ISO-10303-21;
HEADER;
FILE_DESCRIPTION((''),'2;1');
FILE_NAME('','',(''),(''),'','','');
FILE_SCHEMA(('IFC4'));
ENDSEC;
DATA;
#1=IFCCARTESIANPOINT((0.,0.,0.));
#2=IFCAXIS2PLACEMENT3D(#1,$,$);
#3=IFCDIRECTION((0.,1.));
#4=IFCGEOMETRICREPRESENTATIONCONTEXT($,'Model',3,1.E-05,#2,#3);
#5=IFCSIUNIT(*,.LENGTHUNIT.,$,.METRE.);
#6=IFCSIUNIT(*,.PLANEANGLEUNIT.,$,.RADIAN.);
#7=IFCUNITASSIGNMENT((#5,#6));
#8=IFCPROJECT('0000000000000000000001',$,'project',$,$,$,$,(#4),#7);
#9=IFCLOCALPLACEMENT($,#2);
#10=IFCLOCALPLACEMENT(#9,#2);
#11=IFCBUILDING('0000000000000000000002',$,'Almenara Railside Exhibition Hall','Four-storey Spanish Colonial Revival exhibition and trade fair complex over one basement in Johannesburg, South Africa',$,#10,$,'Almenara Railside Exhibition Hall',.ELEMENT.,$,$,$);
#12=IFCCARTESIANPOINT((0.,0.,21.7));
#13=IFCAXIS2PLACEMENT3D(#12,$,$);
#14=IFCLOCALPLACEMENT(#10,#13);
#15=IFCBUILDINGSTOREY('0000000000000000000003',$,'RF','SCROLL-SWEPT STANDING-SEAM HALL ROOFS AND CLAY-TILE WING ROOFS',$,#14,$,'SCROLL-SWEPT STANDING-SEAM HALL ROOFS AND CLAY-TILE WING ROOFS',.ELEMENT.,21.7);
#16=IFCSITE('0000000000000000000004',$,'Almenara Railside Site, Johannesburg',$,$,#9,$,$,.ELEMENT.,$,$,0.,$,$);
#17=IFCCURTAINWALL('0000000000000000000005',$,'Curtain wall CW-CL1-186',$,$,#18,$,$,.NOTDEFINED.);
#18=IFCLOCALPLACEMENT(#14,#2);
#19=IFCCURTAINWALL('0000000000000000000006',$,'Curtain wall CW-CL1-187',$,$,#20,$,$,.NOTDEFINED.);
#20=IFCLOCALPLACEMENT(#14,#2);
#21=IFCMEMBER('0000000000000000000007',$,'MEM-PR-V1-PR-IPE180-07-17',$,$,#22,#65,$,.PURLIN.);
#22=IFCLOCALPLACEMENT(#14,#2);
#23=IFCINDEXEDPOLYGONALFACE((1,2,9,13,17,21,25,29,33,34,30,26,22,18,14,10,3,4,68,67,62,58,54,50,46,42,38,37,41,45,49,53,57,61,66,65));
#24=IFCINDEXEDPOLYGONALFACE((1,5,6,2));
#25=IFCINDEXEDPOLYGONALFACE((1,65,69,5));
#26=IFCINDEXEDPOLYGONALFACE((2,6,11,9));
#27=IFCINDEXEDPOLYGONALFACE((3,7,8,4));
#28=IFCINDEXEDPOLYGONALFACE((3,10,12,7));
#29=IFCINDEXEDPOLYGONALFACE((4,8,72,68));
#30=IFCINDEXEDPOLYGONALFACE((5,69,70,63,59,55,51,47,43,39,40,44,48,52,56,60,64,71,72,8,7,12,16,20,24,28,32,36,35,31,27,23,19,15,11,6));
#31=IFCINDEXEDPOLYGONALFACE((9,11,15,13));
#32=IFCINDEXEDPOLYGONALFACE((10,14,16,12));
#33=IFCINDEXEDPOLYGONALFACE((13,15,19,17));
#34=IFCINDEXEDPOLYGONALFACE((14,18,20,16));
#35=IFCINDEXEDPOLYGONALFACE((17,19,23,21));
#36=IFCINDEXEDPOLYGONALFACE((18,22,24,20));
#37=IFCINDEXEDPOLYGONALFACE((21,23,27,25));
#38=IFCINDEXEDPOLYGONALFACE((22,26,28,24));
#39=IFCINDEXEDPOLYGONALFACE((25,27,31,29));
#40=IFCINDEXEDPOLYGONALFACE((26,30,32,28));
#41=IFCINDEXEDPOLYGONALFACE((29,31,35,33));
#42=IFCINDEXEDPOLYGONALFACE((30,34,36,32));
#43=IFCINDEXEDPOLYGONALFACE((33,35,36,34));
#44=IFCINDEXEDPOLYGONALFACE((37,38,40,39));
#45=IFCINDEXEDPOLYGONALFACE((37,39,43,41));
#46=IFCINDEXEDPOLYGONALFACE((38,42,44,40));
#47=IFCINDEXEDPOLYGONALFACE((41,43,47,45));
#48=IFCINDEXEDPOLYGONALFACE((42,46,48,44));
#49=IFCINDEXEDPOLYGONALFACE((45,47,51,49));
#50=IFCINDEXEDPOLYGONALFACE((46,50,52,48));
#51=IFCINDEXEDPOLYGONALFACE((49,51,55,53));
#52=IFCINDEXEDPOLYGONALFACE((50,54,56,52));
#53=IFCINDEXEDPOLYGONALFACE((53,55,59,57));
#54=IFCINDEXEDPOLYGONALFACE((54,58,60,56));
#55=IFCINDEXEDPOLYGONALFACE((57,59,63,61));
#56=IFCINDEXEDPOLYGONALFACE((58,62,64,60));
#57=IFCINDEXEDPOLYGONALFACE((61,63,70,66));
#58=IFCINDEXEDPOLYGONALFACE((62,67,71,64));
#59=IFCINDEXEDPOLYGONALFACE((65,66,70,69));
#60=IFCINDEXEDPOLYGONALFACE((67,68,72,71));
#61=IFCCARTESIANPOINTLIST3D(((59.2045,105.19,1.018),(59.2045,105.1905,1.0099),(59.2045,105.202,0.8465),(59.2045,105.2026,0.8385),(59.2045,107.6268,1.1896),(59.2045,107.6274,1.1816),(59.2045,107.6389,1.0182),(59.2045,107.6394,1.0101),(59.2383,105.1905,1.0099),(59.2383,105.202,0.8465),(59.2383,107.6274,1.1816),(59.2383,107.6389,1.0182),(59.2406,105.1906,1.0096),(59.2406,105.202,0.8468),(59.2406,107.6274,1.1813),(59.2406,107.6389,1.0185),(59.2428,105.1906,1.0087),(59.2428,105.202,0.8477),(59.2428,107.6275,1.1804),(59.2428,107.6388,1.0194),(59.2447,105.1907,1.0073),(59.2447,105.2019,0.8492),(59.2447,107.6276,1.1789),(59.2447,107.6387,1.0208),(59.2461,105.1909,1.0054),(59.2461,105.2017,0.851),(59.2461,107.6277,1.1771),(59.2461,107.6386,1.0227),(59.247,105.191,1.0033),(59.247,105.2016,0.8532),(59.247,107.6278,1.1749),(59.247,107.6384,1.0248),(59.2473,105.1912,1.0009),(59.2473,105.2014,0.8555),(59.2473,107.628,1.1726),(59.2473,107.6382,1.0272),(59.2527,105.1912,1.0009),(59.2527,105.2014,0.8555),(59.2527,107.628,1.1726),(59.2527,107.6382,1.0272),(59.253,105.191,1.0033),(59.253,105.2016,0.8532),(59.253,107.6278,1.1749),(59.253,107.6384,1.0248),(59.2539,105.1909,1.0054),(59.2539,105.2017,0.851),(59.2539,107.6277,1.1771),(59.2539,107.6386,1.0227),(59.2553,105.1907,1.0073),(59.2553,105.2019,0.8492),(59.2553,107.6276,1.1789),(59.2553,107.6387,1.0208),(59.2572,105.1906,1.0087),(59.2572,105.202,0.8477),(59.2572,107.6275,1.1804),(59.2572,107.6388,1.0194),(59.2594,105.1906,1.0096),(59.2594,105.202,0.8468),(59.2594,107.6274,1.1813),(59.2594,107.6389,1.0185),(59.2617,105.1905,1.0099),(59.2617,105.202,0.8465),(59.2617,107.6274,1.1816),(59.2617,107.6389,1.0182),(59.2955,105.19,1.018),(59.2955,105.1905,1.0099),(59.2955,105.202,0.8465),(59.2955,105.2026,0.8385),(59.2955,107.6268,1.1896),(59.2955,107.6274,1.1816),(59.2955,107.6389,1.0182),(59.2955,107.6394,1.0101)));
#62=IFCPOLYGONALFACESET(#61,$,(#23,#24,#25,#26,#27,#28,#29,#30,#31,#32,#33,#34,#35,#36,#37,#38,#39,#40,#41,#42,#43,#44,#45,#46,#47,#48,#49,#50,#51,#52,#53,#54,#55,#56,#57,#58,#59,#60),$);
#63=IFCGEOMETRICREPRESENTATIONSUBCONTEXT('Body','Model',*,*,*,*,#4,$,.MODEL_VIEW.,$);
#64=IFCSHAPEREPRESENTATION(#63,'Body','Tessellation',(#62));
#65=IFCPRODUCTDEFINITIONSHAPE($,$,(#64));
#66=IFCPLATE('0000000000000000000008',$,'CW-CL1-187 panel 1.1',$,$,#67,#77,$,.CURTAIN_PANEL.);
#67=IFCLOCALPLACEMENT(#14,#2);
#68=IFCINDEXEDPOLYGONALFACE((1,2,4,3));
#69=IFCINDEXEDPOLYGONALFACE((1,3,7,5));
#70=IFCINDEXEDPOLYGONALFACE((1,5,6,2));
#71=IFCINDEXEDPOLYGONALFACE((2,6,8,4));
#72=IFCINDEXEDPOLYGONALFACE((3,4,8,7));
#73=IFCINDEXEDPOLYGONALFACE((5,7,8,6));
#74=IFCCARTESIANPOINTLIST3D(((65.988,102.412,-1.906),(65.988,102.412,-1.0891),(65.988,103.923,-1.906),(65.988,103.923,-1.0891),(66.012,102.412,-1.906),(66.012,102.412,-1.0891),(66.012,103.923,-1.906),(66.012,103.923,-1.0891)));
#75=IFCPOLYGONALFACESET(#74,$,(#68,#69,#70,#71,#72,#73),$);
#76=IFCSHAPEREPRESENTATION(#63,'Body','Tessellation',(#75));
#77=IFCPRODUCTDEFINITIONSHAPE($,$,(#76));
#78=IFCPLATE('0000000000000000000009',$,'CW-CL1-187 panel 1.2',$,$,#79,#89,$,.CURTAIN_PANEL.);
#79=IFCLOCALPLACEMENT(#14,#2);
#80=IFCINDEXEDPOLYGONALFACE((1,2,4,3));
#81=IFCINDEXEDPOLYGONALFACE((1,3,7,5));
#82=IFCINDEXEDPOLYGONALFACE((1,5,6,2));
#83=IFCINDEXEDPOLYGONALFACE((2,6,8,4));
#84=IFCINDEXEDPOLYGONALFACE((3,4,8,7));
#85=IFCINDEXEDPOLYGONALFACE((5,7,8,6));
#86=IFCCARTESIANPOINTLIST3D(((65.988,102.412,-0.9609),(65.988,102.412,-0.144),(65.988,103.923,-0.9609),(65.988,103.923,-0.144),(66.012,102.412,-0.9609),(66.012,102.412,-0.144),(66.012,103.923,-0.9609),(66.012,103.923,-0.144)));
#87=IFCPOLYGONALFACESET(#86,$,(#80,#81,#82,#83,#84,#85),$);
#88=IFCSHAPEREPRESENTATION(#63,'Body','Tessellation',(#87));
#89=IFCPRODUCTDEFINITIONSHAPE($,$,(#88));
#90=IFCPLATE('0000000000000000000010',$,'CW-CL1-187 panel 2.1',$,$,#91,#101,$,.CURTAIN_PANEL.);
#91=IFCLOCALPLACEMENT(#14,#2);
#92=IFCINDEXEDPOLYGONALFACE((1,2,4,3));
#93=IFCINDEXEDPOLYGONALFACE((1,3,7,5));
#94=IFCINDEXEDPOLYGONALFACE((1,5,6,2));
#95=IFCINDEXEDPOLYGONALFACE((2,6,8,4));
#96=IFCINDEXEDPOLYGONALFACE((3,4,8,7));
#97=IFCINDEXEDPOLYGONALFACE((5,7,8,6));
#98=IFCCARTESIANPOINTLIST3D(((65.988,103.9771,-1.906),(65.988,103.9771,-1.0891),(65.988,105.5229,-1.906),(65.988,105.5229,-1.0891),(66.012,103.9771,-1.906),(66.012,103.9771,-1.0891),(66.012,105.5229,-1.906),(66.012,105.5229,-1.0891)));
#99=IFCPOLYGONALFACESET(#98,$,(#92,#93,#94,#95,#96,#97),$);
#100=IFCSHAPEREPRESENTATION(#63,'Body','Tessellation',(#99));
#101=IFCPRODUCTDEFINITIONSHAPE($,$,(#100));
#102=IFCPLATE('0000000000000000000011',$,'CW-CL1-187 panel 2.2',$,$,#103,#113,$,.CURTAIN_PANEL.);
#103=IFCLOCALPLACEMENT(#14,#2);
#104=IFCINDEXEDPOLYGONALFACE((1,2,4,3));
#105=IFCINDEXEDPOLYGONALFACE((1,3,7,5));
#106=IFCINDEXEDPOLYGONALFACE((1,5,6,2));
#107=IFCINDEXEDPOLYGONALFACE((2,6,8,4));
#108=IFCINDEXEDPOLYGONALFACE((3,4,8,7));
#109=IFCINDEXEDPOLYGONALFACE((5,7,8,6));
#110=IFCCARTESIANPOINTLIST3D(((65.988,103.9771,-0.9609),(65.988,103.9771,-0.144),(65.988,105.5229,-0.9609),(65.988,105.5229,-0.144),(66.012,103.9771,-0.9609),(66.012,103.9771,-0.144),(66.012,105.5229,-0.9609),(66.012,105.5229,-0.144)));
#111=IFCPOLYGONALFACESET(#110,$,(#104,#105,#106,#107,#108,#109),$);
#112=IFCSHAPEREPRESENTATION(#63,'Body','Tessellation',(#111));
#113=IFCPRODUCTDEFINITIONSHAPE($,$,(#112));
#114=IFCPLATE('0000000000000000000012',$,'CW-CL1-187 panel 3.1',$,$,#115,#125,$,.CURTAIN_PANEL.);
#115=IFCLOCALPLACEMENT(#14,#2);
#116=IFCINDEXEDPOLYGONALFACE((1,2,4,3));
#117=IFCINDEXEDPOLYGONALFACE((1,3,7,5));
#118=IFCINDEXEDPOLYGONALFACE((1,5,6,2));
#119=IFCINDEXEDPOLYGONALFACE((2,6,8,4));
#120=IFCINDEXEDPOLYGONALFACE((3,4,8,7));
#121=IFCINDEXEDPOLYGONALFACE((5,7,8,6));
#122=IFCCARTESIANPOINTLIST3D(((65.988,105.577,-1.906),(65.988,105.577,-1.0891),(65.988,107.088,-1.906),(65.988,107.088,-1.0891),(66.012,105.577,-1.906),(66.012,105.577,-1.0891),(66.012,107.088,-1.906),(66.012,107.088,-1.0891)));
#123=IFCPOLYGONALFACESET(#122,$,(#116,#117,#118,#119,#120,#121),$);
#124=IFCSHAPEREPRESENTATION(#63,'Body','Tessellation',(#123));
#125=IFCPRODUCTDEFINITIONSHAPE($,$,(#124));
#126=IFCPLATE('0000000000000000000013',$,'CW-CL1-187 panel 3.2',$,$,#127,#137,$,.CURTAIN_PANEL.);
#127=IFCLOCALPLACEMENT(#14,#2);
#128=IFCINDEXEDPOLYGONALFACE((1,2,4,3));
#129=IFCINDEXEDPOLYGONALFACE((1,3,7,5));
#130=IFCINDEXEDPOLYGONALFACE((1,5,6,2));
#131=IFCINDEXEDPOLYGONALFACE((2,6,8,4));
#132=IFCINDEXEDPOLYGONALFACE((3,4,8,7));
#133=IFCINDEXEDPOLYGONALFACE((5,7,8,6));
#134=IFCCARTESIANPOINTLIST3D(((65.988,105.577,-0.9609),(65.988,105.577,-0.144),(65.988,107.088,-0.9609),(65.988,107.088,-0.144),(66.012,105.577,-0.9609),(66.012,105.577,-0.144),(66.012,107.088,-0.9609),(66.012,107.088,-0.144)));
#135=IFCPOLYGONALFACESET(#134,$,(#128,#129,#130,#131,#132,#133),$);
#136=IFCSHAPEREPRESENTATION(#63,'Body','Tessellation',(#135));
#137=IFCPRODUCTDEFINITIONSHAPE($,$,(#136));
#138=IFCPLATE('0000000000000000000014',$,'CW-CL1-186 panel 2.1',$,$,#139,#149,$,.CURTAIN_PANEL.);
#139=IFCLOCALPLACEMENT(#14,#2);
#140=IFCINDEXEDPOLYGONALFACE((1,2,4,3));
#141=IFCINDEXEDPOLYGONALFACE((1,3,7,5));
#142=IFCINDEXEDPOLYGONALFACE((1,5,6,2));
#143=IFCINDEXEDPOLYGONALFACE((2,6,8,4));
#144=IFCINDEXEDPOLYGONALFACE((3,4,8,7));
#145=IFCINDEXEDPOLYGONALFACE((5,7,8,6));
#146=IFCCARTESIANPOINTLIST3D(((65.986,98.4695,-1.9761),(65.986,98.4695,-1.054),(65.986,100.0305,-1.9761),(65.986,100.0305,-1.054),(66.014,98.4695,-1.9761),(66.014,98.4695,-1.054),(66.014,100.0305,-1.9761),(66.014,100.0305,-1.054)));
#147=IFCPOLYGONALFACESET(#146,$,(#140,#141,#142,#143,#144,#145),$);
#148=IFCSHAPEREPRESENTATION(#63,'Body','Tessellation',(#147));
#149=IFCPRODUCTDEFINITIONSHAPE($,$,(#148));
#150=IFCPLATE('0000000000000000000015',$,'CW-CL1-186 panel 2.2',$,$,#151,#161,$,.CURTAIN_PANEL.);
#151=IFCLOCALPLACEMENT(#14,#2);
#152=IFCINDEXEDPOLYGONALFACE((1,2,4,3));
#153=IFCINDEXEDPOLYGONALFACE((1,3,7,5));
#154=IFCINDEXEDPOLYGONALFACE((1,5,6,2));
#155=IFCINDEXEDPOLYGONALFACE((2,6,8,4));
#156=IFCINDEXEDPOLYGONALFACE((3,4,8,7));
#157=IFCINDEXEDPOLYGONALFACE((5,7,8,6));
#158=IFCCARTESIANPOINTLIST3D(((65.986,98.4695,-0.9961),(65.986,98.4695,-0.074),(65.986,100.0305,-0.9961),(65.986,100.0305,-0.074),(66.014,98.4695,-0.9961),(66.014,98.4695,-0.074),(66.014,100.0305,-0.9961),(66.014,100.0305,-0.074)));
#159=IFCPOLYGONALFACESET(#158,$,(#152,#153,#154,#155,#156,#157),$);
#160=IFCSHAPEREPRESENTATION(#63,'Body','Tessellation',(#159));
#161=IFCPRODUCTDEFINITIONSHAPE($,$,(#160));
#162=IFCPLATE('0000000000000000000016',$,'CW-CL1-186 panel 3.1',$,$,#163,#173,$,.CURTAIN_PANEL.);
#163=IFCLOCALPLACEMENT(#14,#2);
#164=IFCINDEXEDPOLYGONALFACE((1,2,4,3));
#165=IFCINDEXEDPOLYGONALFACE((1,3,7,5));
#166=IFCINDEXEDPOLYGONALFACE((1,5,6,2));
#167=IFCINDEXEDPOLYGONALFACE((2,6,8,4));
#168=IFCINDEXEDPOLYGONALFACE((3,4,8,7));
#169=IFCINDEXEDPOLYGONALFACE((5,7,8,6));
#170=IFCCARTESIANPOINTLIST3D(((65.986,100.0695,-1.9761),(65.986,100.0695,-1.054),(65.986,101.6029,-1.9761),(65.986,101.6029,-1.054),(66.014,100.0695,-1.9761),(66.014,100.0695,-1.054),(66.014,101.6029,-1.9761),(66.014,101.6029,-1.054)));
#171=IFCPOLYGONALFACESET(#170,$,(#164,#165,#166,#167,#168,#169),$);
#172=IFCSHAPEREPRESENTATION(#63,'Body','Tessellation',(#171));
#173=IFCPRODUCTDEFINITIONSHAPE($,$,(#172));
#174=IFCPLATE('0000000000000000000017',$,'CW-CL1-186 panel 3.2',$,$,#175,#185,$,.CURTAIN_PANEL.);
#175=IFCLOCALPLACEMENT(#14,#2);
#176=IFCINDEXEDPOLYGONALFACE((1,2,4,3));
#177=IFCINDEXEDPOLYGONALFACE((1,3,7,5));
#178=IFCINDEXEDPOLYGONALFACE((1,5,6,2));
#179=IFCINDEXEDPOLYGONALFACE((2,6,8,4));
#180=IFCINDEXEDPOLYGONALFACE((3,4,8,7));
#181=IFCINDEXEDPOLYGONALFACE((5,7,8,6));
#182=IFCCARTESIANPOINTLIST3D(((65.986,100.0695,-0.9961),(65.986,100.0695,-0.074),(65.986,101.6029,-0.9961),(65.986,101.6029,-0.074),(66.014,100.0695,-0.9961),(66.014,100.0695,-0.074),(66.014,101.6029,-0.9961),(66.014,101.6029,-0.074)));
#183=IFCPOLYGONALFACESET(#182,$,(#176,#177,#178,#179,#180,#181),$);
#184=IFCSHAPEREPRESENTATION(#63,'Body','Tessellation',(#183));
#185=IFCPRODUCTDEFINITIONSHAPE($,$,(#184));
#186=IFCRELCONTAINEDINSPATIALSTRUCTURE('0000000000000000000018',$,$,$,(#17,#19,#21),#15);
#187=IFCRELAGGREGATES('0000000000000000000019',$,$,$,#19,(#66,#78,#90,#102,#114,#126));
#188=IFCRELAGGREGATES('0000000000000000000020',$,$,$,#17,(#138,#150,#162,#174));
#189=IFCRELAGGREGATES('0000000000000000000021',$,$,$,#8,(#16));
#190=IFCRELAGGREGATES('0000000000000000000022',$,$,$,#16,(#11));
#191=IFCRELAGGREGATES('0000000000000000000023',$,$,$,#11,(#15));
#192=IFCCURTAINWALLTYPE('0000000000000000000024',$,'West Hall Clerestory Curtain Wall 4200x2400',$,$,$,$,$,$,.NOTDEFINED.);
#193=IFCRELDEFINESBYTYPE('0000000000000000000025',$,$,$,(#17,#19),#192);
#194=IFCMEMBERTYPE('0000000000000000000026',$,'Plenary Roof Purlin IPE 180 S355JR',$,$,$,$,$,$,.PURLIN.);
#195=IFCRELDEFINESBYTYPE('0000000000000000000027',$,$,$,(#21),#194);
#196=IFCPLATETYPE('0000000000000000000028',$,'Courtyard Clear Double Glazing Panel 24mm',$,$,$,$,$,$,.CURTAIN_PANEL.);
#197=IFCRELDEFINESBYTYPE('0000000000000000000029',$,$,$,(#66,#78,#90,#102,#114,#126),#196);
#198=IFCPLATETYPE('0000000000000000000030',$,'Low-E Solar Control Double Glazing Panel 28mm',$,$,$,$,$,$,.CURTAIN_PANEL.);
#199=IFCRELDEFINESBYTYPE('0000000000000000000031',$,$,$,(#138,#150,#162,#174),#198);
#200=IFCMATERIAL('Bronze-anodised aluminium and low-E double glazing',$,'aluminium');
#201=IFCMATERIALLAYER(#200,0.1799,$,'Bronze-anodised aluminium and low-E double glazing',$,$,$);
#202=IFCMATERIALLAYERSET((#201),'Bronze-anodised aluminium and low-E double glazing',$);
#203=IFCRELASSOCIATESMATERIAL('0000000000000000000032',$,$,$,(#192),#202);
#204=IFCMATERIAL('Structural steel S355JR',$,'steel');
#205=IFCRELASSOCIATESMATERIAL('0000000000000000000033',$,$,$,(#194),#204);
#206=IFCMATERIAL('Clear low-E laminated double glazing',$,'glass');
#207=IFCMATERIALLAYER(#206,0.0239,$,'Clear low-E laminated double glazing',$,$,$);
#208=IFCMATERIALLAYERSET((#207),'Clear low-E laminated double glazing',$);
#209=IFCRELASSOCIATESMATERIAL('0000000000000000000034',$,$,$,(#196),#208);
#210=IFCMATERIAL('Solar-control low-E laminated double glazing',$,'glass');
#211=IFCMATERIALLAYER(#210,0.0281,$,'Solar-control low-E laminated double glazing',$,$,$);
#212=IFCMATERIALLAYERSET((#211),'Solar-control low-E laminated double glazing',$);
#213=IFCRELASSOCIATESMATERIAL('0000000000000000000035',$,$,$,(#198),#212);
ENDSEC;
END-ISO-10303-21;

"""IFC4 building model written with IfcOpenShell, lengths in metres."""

from ifc_helpers import new_model, si_unit, direction, frame, origin, origin_2d, place, context, subcontext, project, spatial, rectangle, i_section, extrude, material, layer, layer_set, material_profile, profile_set, type_object, element, aggregate, save


model = new_model("IFC4")

# Units and contexts
model_context = context("Model", 3, precision=1e-05, world=origin(), true_north=direction((0.0, 1.0)))
body_context = subcontext(model_context, "Body", "Model", "MODEL_VIEW")
ifc_project = project(units=[si_unit("LENGTHUNIT", "METRE"), si_unit("PLANEANGLEUNIT", "RADIAN")], contexts=[model_context])

# Site, building, storey
site_placement = place(None, origin())
site = spatial("IfcSite", under=ifc_project, at=site_placement, Name="Almenara Railside Site, Johannesburg", CompositionType="ELEMENT", RefElevation=0.0)
building_placement = place(site_placement, origin())
building = spatial("IfcBuilding", under=site, at=building_placement, Name="Almenara Railside Exhibition Hall", Description="Four-storey Spanish Colonial Revival exhibition and trade fair complex over one basement in Johannesburg, South Africa", LongName="Almenara Railside Exhibition Hall", CompositionType="ELEMENT")
storey_placement = place(building_placement, frame((0.0, 0.0, 21.7)))
storey = spatial("IfcBuildingStorey", under=building, at=storey_placement, Name="RF", Description="SCROLL-SWEPT STANDING-SEAM HALL ROOFS AND CLAY-TILE WING ROOFS", LongName="SCROLL-SWEPT STANDING-SEAM HALL ROOFS AND CLAY-TILE WING ROOFS", CompositionType="ELEMENT", Elevation=21.7)

# Shared definitions
ifc_material_1 = material(Name="Structural steel S355JR", Category="steel")

# Curtain walls
ifc_material_2 = material(Name="Bronze-anodised aluminium and low-E double glazing", Category="aluminium")
ifc_layer_1 = layer(ifc_material_2, 0.1799, Name="Bronze-anodised aluminium and low-E double glazing")
ifc_layer_set_1 = layer_set([ifc_layer_1], Name="Bronze-anodised aluminium and low-E double glazing")
curtain_wall_type = type_object("IfcCurtainWallType", Name="West Hall Clerestory Curtain Wall 4200x2400", PredefinedType="NOTDEFINED", material=ifc_layer_set_1)
curtain_wall_1_placement = place(storey_placement, origin())
curtain_wall_1 = element("IfcCurtainWall", 1, at=curtain_wall_1_placement, inside=storey, type_object=curtain_wall_type, Name="Curtain wall CW-CL1-186", PredefinedType="NOTDEFINED")
curtain_wall_2_placement = place(storey_placement, origin())
curtain_wall_2 = element("IfcCurtainWall", 2, at=curtain_wall_2_placement, inside=storey, type_object=curtain_wall_type, Name="Curtain wall CW-CL1-187", PredefinedType="NOTDEFINED")

# Member
ifc_material_profile_1 = material_profile(ifc_material_1, i_section(OverallWidth=0.0911, OverallDepth=0.1799, WebThickness=0.0054, FlangeThickness=0.0081, FilletRadius=0.009, at=origin_2d()), Name="IPE 180")
ifc_profile_set_1 = profile_set([ifc_material_profile_1], Name="Structural steel S355JR")
member_type_1 = type_object("IfcMemberType", Name="Plenary Roof Purlin IPE 180 S355JR", PredefinedType="PURLIN", material=ifc_profile_set_1)
member_1_placement = place(storey_placement, frame((59.25, 105.1963, 0.9282), z_axis=(0.0, 0.997529, 0.07026), x_axis=(-1.0, 0.0, 0.0)))
element("IfcMember", 3, at=member_1_placement, inside=storey, type_object=member_type_1, Name="MEM-PR-V1-PR-IPE180-07-17", PredefinedType="PURLIN", context=body_context, shape_type="SweptSolid", body=[
    extrude(i_section(OverallWidth=0.0911, OverallDepth=0.1799, WebThickness=0.0054, FlangeThickness=0.0081, FilletRadius=0.009, at=origin_2d()), origin(), (0.0, 0.0, 1.0), 2.4429),
])

# Plates
ifc_material_3 = material(Name="Clear low-E laminated double glazing", Category="glass")
ifc_layer_2 = layer(ifc_material_3, 0.0239, Name="Clear low-E laminated double glazing")
ifc_layer_set_2 = layer_set([ifc_layer_2], Name="Clear low-E laminated double glazing")
plate_type_1 = type_object("IfcPlateType", Name="Courtyard Clear Double Glazing Panel 24mm", PredefinedType="CURTAIN_PANEL", material=ifc_layer_set_2)
plate_1_placement = place(storey_placement, frame((66.0, 103.1675, -1.906), z_axis=(0.0, 0.0, 1.0), x_axis=(0.0, 1.0, 0.0)))
plate_1 = element("IfcPlate", 4, at=plate_1_placement, type_object=plate_type_1, Name="CW-CL1-187 panel 1.1", PredefinedType="CURTAIN_PANEL", context=body_context, shape_type="SweptSolid", body=[
    extrude(rectangle(XDim=1.511, YDim=0.0239, at=origin_2d()), origin(), (0.0, 0.0, 1.0), 0.8169),
])
plate_2_placement = place(storey_placement, frame((66.0, 103.1675, -0.9609), z_axis=(0.0, 0.0, 1.0), x_axis=(0.0, 1.0, 0.0)))
plate_2 = element("IfcPlate", 5, at=plate_2_placement, type_object=plate_type_1, Name="CW-CL1-187 panel 1.2", PredefinedType="CURTAIN_PANEL", context=body_context, shape_type="SweptSolid", body=[
    extrude(rectangle(XDim=1.511, YDim=0.0239, at=origin_2d()), origin(), (0.0, 0.0, 1.0), 0.8169),
])
plate_3_placement = place(storey_placement, frame((66.0, 104.75, -1.906), z_axis=(0.0, 0.0, 1.0), x_axis=(0.0, 1.0, 0.0)))
plate_3 = element("IfcPlate", 6, at=plate_3_placement, type_object=plate_type_1, Name="CW-CL1-187 panel 2.1", PredefinedType="CURTAIN_PANEL", context=body_context, shape_type="SweptSolid", body=[
    extrude(rectangle(XDim=1.5459, YDim=0.0239, at=origin_2d()), origin(), (0.0, 0.0, 1.0), 0.8169),
])
plate_4_placement = place(storey_placement, frame((66.0, 104.75, -0.9609), z_axis=(0.0, 0.0, 1.0), x_axis=(0.0, 1.0, 0.0)))
plate_4 = element("IfcPlate", 7, at=plate_4_placement, type_object=plate_type_1, Name="CW-CL1-187 panel 2.2", PredefinedType="CURTAIN_PANEL", context=body_context, shape_type="SweptSolid", body=[
    extrude(rectangle(XDim=1.5459, YDim=0.0239, at=origin_2d()), origin(), (0.0, 0.0, 1.0), 0.8169),
])
plate_5_placement = place(storey_placement, frame((66.0, 106.3325, -1.906), z_axis=(0.0, 0.0, 1.0), x_axis=(0.0, 1.0, 0.0)))
plate_5 = element("IfcPlate", 8, at=plate_5_placement, type_object=plate_type_1, Name="CW-CL1-187 panel 3.1", PredefinedType="CURTAIN_PANEL", context=body_context, shape_type="SweptSolid", body=[
    extrude(rectangle(XDim=1.511, YDim=0.0239, at=origin_2d()), origin(), (0.0, 0.0, 1.0), 0.8169),
])
plate_6_placement = place(storey_placement, frame((66.0, 106.3325, -0.9609), z_axis=(0.0, 0.0, 1.0), x_axis=(0.0, 1.0, 0.0)))
plate_6 = element("IfcPlate", 9, at=plate_6_placement, type_object=plate_type_1, Name="CW-CL1-187 panel 3.2", PredefinedType="CURTAIN_PANEL", context=body_context, shape_type="SweptSolid", body=[
    extrude(rectangle(XDim=1.511, YDim=0.0239, at=origin_2d()), origin(), (0.0, 0.0, 1.0), 0.8169),
])
aggregate(curtain_wall_2, [plate_1, plate_2, plate_3, plate_4, plate_5, plate_6])
ifc_material_4 = material(Name="Solar-control low-E laminated double glazing", Category="glass")
ifc_layer_3 = layer(ifc_material_4, 0.0281, Name="Solar-control low-E laminated double glazing")
ifc_layer_set_3 = layer_set([ifc_layer_3], Name="Solar-control low-E laminated double glazing")
plate_type_2 = type_object("IfcPlateType", Name="Low-E Solar Control Double Glazing Panel 28mm", PredefinedType="CURTAIN_PANEL", material=ifc_layer_set_3)
plate_7_placement = place(storey_placement, frame((66.0, 99.25, -1.9761), z_axis=(0.0, 0.0, 1.0), x_axis=(0.0, 1.0, 0.0)))
plate_7 = element("IfcPlate", 10, at=plate_7_placement, type_object=plate_type_2, Name="CW-CL1-186 panel 2.1", PredefinedType="CURTAIN_PANEL", context=body_context, shape_type="SweptSolid", body=[
    extrude(rectangle(XDim=1.561, YDim=0.0281, at=origin_2d()), origin(), (0.0, 0.0, 1.0), 0.9221),
])
plate_8_placement = place(storey_placement, frame((66.0, 99.25, -0.9961), z_axis=(0.0, 0.0, 1.0), x_axis=(0.0, 1.0, 0.0)))
plate_8 = element("IfcPlate", 11, at=plate_8_placement, type_object=plate_type_2, Name="CW-CL1-186 panel 2.2", PredefinedType="CURTAIN_PANEL", context=body_context, shape_type="SweptSolid", body=[
    extrude(rectangle(XDim=1.561, YDim=0.0281, at=origin_2d()), origin(), (0.0, 0.0, 1.0), 0.9221),
])
plate_9_placement = place(storey_placement, frame((66.0, 100.8362, -1.9761), z_axis=(0.0, 0.0, 1.0), x_axis=(0.0, 1.0, 0.0)))
plate_9 = element("IfcPlate", 12, at=plate_9_placement, type_object=plate_type_2, Name="CW-CL1-186 panel 3.1", PredefinedType="CURTAIN_PANEL", context=body_context, shape_type="SweptSolid", body=[
    extrude(rectangle(XDim=1.5334, YDim=0.0281, at=origin_2d()), origin(), (0.0, 0.0, 1.0), 0.9221),
])
plate_10_placement = place(storey_placement, frame((66.0, 100.8362, -0.9961), z_axis=(0.0, 0.0, 1.0), x_axis=(0.0, 1.0, 0.0)))
plate_10 = element("IfcPlate", 13, at=plate_10_placement, type_object=plate_type_2, Name="CW-CL1-186 panel 3.2", PredefinedType="CURTAIN_PANEL", context=body_context, shape_type="SweptSolid", body=[
    extrude(rectangle(XDim=1.5334, YDim=0.0281, at=origin_2d()), origin(), (0.0, 0.0, 1.0), 0.9221),
])
aggregate(curtain_wall_1, [plate_7, plate_8, plate_9, plate_10])

save(model, "model.ifc")
